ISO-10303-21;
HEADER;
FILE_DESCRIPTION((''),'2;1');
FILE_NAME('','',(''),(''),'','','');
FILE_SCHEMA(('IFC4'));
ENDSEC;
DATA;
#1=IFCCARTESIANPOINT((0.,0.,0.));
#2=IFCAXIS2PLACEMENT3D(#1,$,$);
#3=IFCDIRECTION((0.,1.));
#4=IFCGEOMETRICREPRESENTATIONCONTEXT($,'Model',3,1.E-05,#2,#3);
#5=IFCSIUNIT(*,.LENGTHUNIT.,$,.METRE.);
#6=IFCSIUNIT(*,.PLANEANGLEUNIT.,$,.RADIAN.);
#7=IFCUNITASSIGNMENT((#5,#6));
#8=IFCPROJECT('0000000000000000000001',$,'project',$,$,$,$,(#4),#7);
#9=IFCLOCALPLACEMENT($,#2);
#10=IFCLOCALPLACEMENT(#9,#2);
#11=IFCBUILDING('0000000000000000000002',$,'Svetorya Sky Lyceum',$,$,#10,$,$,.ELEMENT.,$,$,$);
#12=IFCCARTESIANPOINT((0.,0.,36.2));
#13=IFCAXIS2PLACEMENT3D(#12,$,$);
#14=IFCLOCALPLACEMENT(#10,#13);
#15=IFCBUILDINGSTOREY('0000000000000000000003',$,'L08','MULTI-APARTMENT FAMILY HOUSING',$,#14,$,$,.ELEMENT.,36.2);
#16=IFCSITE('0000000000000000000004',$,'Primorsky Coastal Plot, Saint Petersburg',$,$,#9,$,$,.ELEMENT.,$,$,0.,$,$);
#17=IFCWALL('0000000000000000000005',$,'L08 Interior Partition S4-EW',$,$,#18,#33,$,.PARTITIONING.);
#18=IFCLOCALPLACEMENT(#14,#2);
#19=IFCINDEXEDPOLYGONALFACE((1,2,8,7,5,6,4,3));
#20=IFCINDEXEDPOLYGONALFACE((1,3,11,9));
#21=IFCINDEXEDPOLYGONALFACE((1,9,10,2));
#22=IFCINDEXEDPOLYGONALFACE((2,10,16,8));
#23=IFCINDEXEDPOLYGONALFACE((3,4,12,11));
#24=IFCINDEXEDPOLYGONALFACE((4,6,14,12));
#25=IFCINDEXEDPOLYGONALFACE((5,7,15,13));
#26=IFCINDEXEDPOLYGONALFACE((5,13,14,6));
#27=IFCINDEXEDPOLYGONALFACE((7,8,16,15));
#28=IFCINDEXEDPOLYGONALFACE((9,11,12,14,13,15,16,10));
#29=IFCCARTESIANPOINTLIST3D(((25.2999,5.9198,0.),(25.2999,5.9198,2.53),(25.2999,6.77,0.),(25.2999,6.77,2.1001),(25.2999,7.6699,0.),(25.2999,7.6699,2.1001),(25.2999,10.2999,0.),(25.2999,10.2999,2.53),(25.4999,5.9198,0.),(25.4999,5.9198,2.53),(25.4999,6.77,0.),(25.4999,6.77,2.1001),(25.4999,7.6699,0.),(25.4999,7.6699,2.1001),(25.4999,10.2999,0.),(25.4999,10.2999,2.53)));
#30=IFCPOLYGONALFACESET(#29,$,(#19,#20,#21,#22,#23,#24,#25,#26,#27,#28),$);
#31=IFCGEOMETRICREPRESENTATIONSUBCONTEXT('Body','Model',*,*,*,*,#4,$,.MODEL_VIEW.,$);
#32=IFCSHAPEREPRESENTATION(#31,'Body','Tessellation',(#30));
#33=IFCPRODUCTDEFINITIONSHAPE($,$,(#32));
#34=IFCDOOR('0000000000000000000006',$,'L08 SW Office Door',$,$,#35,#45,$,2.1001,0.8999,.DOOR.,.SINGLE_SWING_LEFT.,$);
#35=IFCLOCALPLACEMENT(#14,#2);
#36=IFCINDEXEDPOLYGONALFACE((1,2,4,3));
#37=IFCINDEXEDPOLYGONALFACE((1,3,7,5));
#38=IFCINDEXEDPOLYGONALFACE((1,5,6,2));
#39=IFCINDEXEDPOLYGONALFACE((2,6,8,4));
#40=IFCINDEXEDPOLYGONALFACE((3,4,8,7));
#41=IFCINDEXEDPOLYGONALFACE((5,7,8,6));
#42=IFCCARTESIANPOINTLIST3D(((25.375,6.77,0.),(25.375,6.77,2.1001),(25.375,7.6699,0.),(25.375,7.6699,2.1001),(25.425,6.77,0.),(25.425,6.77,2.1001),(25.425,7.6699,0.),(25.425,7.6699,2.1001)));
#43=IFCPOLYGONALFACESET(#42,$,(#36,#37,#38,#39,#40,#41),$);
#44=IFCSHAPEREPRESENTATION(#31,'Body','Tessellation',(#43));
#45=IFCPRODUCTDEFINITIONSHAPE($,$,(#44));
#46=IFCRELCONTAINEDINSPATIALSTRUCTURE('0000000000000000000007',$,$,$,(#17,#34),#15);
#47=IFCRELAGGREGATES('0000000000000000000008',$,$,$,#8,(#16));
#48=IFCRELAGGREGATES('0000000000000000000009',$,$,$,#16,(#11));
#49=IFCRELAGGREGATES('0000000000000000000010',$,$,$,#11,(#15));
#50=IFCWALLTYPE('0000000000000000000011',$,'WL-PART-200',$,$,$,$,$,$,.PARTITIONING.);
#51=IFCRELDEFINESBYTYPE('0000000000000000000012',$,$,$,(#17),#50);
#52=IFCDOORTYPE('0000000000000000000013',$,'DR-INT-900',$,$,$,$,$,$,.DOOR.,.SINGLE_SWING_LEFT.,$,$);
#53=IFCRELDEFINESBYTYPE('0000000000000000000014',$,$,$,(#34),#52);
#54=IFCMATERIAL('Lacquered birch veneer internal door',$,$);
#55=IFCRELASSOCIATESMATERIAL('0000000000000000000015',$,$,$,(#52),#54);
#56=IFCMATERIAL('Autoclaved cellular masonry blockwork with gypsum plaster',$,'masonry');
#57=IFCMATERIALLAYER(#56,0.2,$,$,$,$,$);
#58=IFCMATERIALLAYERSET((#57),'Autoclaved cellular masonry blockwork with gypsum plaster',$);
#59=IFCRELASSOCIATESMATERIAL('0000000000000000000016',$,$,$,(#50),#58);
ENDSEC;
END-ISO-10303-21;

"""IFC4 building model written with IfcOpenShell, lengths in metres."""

from ifc_helpers import new_model, si_unit, direction, frame, frame_2d, origin, place, context, subcontext, project, spatial, rectangle, extrude, material, layer, layer_set, type_object, element, fill, save


model = new_model("IFC4")

# Units and contexts
model_context = context("Model", 3, precision=1e-05, world=origin(), true_north=direction((0.0, 1.0)))
body_context = subcontext(model_context, "Body", "Model", "MODEL_VIEW")
ifc_project = project(units=[si_unit("LENGTHUNIT", "METRE"), si_unit("PLANEANGLEUNIT", "RADIAN")], contexts=[model_context])

# Site, building, storey
site_placement = place(None, origin())
site = spatial("IfcSite", under=ifc_project, at=site_placement, Name="Primorsky Coastal Plot, Saint Petersburg", CompositionType="ELEMENT", RefElevation=0.0)
building_placement = place(site_placement, origin())
building = spatial("IfcBuilding", under=site, at=building_placement, Name="Svetorya Sky Lyceum", CompositionType="ELEMENT")
storey_placement = place(building_placement, frame((0.0, 0.0, 36.2)))
storey = spatial("IfcBuildingStorey", under=building, at=storey_placement, Name="L08", Description="MULTI-APARTMENT FAMILY HOUSING", CompositionType="ELEMENT", Elevation=36.2)

# Shared definitions
ifc_material_1 = material(Name="Lacquered birch veneer internal door")
door_type_1 = type_object("IfcDoorType", Name="DR-INT-900", OperationType="SINGLE_SWING_LEFT", PredefinedType="DOOR", material=ifc_material_1)

# Shared definitions
ifc_material_2 = material(Name="Autoclaved cellular masonry blockwork with gypsum plaster", Category="masonry")
ifc_layer_1 = layer(ifc_material_2, 0.2)
ifc_layer_set_1 = layer_set([ifc_layer_1], Name="Autoclaved cellular masonry blockwork with gypsum plaster")
wall_type_1 = type_object("IfcWallType", Name="WL-PART-200", PredefinedType="PARTITIONING", material=ifc_layer_set_1)

# Wall, opening, door
wall_1_placement = place(storey_placement, frame((25.3999, 5.9199, 0.0), z_axis=(0.0, 0.0, 1.0), x_axis=(0.0, 1.0, 0.0)))
wall_1 = element("IfcWall", 1, at=wall_1_placement, inside=storey, type_object=wall_type_1, Name="L08 Interior Partition S4-EW", PredefinedType="PARTITIONING", context=body_context, shape_type="SweptSolid", body=[
    extrude(rectangle(XDim=4.3801, YDim=0.2, at=frame_2d((2.1899, 0.0))), origin(), (0.0, 0.0, 1.0), 2.53),
])
opening_1_placement = place(wall_1_placement, frame((0.8501, 0.0, 0.0)))
opening_1 = element("IfcOpeningElement", 2, at=opening_1_placement, cuts=wall_1, PredefinedType="OPENING", context=body_context, shape_type="SweptSolid", body=[
    extrude(rectangle(XDim=0.8999, YDim=2.1001, at=frame_2d((0.45, 1.05))), frame((0.0, 0.1099, 0.0), z_axis=(0.0, -1.0, 0.0), x_axis=(1.0, 0.0, 0.0)), (0.0, 0.0, 1.0), 0.22),
])
door_1_placement = place(opening_1_placement, origin())
door_1 = element("IfcDoor", 3, at=door_1_placement, inside=storey, type_object=door_type_1, Name="L08 SW Office Door", OperationType="SINGLE_SWING_LEFT", OverallHeight=2.1001, OverallWidth=0.8999, PredefinedType="DOOR", context=body_context, shape_type="SweptSolid", body=[
    extrude(rectangle(XDim=0.8999, YDim=2.1001, at=frame_2d((0.45, 1.05))), frame((0.0, 0.0249, 0.0), z_axis=(0.0, -1.0, 0.0), x_axis=(1.0, 0.0, 0.0)), (0.0, 0.0, 1.0), 0.05),
])
fill(opening_1, door_1)

save(model, "model.ifc")
